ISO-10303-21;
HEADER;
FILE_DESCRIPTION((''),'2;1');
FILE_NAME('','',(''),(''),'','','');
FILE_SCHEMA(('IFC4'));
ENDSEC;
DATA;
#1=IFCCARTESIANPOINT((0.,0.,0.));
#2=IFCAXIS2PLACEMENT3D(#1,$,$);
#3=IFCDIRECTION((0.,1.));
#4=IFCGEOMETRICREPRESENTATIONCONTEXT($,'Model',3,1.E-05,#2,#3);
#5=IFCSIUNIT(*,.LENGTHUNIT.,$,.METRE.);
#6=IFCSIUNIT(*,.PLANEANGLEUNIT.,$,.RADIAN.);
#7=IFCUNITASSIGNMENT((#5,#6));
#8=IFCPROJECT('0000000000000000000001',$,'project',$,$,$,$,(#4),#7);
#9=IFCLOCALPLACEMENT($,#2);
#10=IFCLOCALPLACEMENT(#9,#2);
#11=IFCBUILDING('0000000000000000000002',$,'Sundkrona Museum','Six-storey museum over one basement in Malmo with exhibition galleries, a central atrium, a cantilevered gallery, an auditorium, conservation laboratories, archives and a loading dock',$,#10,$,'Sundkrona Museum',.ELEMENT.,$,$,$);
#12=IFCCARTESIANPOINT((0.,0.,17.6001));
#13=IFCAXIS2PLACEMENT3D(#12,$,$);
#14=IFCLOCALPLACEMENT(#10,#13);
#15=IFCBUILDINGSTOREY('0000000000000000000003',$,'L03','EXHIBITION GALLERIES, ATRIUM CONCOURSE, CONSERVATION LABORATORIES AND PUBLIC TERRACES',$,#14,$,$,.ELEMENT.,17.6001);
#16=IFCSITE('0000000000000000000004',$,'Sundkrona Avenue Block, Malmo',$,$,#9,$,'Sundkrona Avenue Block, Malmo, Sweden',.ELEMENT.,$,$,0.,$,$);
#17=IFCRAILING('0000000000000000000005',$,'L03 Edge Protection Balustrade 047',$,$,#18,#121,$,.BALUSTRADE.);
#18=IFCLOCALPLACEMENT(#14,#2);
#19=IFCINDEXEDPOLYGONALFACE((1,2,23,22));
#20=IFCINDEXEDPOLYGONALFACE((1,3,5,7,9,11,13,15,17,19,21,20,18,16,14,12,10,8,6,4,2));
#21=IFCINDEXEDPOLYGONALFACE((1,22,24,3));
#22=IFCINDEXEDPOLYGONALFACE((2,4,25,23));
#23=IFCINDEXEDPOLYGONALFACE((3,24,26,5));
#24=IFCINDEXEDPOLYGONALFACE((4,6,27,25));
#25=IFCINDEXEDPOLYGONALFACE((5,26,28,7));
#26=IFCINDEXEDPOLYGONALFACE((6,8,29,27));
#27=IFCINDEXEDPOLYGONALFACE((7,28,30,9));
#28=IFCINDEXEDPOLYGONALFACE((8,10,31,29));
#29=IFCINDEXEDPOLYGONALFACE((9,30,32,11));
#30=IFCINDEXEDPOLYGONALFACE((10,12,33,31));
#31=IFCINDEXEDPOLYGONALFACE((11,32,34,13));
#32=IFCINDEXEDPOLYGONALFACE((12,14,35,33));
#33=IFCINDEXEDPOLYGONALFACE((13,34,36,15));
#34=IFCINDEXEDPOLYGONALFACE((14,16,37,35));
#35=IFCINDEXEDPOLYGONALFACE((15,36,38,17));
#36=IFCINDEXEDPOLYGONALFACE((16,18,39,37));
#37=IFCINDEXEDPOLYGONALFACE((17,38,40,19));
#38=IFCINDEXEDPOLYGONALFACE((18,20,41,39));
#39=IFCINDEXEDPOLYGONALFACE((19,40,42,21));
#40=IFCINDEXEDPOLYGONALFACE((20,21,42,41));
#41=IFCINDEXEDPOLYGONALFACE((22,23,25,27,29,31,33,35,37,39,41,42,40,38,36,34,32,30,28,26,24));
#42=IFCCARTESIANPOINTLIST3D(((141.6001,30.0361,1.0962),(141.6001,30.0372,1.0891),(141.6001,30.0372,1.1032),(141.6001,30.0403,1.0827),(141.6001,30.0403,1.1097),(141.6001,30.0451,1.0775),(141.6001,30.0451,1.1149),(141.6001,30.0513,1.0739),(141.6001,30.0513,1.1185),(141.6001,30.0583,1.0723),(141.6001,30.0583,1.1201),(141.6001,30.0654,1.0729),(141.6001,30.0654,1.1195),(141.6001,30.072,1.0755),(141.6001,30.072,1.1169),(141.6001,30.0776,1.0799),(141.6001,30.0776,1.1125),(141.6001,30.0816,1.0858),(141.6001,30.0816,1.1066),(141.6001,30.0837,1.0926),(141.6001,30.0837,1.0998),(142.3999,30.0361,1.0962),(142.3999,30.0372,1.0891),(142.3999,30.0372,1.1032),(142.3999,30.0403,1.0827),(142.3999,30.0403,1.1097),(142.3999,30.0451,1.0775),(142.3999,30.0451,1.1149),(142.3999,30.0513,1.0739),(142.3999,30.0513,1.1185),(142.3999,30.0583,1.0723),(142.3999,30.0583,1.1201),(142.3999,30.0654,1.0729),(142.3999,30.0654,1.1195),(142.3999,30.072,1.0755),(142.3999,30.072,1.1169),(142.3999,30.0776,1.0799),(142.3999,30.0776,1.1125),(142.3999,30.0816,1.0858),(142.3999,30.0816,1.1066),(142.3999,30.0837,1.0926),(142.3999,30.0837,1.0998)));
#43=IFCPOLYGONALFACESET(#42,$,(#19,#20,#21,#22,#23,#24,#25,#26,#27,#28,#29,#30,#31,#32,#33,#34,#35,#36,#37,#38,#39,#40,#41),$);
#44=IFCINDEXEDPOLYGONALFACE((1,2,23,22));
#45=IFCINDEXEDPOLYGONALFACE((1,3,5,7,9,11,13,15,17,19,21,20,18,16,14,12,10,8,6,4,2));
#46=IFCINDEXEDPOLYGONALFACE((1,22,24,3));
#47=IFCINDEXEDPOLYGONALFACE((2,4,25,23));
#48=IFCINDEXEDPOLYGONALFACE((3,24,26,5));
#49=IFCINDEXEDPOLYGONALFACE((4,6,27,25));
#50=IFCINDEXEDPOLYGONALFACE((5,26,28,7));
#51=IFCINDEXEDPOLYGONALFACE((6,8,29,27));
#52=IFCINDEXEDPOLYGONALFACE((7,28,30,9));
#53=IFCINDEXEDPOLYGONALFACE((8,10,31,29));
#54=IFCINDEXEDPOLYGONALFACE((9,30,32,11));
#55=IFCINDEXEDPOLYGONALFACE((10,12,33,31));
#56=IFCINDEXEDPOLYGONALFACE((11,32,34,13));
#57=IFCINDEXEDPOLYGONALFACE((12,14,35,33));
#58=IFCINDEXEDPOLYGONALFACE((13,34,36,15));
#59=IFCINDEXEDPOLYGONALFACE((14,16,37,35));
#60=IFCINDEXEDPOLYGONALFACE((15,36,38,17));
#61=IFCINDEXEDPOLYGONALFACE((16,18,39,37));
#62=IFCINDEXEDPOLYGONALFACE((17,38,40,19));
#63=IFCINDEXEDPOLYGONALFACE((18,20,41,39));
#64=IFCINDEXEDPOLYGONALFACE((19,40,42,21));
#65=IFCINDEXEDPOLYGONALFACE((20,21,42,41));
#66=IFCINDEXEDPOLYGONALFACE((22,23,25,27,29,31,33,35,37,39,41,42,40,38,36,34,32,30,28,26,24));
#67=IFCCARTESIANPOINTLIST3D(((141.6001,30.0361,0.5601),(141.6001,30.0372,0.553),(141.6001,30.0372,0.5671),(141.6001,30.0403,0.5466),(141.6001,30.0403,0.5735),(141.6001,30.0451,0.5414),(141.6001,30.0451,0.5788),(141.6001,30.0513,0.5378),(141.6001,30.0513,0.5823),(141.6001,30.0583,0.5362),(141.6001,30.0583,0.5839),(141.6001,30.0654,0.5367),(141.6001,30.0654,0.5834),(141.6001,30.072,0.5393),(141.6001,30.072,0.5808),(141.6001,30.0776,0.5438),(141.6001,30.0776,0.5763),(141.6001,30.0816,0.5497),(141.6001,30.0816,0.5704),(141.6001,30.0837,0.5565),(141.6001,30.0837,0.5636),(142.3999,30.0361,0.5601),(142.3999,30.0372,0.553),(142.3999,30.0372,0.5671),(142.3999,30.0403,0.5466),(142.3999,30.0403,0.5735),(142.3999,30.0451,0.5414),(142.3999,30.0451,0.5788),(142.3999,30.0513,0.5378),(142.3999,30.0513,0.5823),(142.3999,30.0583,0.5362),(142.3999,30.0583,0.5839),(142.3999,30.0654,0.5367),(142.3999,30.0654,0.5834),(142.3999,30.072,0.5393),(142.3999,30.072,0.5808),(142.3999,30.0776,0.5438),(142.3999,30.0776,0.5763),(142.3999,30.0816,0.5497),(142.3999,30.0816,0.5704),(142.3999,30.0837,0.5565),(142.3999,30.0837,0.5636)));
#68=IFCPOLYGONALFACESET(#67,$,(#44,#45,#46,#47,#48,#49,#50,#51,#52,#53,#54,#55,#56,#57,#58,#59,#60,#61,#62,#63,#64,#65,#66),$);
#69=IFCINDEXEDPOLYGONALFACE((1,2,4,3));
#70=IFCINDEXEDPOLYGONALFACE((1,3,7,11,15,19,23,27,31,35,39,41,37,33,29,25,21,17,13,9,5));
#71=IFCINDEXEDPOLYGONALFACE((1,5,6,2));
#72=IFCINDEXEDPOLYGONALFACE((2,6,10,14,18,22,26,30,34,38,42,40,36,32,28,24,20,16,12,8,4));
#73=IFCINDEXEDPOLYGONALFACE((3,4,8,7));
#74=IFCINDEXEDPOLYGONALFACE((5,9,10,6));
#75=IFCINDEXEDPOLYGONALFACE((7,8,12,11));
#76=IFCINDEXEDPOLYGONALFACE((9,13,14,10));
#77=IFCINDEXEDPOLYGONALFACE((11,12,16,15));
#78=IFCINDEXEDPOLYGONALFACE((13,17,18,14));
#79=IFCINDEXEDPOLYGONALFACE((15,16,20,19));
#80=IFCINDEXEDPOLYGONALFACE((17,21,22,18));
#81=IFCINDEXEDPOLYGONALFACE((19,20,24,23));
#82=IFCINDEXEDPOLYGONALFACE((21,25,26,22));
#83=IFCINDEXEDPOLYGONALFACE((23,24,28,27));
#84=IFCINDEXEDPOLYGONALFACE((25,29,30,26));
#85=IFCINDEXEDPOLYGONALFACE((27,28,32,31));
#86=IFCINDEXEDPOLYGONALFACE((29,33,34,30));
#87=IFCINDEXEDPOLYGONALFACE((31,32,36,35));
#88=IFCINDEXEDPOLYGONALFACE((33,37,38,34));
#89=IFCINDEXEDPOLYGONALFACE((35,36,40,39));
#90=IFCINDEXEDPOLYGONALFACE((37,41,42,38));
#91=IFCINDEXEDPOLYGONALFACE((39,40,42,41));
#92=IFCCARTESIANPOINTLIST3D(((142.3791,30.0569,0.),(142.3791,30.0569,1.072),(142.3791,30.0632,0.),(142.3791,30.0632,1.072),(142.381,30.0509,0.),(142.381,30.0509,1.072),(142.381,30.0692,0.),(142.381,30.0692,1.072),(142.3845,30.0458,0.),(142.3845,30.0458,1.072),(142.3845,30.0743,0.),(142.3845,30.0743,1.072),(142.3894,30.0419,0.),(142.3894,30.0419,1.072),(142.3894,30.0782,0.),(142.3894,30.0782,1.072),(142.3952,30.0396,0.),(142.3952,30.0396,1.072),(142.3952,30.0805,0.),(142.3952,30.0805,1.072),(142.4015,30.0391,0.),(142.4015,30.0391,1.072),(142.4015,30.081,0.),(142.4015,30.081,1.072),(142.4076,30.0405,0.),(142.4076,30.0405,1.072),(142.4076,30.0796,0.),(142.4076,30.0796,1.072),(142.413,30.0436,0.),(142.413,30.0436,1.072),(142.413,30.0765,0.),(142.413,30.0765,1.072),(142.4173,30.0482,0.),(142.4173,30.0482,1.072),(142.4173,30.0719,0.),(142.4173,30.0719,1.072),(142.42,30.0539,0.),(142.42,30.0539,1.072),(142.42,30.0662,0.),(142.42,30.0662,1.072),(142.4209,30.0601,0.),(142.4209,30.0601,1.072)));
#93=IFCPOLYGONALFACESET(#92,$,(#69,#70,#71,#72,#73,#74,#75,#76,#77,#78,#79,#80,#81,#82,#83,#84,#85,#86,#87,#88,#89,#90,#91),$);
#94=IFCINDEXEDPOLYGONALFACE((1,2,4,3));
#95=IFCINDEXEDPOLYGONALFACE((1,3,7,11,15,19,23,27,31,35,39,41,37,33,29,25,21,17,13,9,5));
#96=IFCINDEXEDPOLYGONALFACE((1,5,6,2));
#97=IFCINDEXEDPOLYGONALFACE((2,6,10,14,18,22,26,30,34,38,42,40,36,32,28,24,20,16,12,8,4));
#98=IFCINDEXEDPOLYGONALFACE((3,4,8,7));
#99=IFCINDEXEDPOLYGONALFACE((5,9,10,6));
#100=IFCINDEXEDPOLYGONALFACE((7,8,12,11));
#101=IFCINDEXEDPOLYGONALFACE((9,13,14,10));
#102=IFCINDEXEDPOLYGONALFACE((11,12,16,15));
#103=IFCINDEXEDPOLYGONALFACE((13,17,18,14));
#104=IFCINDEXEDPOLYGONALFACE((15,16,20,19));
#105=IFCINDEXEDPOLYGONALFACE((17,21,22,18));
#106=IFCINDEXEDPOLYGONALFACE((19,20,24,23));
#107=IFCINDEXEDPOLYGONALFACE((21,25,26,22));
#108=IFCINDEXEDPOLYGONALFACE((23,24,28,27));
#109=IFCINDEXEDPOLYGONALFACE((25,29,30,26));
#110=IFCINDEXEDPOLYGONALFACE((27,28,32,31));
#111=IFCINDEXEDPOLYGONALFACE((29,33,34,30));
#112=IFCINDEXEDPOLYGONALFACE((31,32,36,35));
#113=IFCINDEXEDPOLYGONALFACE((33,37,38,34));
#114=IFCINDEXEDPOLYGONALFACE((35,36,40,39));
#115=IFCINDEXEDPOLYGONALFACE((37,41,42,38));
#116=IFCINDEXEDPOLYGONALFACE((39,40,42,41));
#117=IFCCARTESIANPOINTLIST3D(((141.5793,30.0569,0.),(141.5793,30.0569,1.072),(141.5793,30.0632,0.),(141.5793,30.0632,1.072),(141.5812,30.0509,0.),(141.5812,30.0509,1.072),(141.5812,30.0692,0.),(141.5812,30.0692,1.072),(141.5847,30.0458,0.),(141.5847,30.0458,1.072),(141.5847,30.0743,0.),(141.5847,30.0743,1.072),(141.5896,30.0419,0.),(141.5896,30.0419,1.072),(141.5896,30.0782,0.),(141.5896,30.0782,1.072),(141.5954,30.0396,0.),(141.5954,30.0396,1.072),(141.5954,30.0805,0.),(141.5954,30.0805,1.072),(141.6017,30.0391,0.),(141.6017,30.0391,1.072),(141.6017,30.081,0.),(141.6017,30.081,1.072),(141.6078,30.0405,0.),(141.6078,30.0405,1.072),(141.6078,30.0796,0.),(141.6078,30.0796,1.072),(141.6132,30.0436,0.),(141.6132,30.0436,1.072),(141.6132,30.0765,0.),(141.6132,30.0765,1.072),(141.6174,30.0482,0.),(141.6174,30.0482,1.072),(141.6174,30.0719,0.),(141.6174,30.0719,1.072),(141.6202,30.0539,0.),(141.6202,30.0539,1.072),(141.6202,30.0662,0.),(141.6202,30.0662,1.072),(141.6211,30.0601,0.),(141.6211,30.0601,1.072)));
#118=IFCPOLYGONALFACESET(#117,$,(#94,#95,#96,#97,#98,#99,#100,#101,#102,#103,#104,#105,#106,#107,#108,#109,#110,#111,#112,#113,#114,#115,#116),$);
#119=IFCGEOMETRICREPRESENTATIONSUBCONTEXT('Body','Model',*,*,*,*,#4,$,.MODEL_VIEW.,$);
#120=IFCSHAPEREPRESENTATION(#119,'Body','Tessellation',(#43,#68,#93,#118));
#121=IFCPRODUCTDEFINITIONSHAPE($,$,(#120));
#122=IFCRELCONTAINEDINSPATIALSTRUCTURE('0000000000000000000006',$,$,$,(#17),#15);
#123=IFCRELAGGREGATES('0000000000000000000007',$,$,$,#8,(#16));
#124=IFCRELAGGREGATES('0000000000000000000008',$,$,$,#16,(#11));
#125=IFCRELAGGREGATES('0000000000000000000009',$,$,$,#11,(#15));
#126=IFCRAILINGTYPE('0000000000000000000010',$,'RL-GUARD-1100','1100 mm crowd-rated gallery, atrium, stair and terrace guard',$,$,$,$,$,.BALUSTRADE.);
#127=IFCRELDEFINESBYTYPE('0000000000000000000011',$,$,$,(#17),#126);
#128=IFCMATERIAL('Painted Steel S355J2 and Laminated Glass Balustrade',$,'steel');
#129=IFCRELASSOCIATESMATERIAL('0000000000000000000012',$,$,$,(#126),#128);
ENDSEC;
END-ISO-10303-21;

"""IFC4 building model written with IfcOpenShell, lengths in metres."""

from ifc_helpers import new_model, si_unit, direction, frame, origin, origin_2d, place, context, subcontext, project, spatial, circle, extrude, material, type_object, element, save


model = new_model("IFC4")

# Units and contexts
model_context = context("Model", 3, precision=1e-05, world=origin(), true_north=direction((0.0, 1.0)))
body_context = subcontext(model_context, "Body", "Model", "MODEL_VIEW")
ifc_project = project(units=[si_unit("LENGTHUNIT", "METRE"), si_unit("PLANEANGLEUNIT", "RADIAN")], contexts=[model_context])

# Site, building, storey
site_placement = place(None, origin())
site = spatial("IfcSite", under=ifc_project, at=site_placement, Name="Sundkrona Avenue Block, Malmo", LongName="Sundkrona Avenue Block, Malmo, Sweden", CompositionType="ELEMENT", RefElevation=0.0)
building_placement = place(site_placement, origin())
building = spatial("IfcBuilding", under=site, at=building_placement, Name="Sundkrona Museum", Description="Six-storey museum over one basement in Malmo with exhibition galleries, a central atrium, a cantilevered gallery, an auditorium, conservation laboratories, archives and a loading dock", LongName="Sundkrona Museum", CompositionType="ELEMENT")
storey_placement = place(building_placement, frame((0.0, 0.0, 17.6001)))
storey = spatial("IfcBuildingStorey", under=building, at=storey_placement, Name="L03", Description="EXHIBITION GALLERIES, ATRIUM CONCOURSE, CONSERVATION LABORATORIES AND PUBLIC TERRACES", CompositionType="ELEMENT", Elevation=17.6001)

# Railing
ifc_material_1 = material(Name="Painted Steel S355J2 and Laminated Glass Balustrade", Category="steel")
railing_type = type_object("IfcRailingType", Name="RL-GUARD-1100", Description="1100 mm crowd-rated gallery, atrium, stair and terrace guard", PredefinedType="BALUSTRADE", material=ifc_material_1)
railing_1_placement = place(storey_placement, frame((142.3999, 30.0601, 0.0)))
element("IfcRailing", 1, at=railing_1_placement, inside=storey, type_object=railing_type, Name="L03 Edge Protection Balustrade 047", PredefinedType="BALUSTRADE", context=body_context, shape_type="SweptSolid", body=[
    extrude(circle(Radius=0.0239, at=origin_2d()), frame((0.0, 0.0, 1.0962), z_axis=(-1.0, 0.0, 0.0), x_axis=(0.0, -1.0, 0.0)), (0.0, 0.0, 1.0), 0.7998),
    extrude(circle(Radius=0.0239, at=origin_2d()), frame((0.0, 0.0, 0.5601), z_axis=(-1.0, 0.0, 0.0), x_axis=(0.0, -1.0, 0.0)), (0.0, 0.0, 1.0), 0.7998),
    extrude(circle(Radius=0.021, at=origin_2d()), origin(), (0.0, 0.0, 1.0), 1.072),
    extrude(circle(Radius=0.021, at=origin_2d()), frame((-0.7998, 0.0, 0.0)), (0.0, 0.0, 1.0), 1.072),
])

save(model, "model.ifc")
